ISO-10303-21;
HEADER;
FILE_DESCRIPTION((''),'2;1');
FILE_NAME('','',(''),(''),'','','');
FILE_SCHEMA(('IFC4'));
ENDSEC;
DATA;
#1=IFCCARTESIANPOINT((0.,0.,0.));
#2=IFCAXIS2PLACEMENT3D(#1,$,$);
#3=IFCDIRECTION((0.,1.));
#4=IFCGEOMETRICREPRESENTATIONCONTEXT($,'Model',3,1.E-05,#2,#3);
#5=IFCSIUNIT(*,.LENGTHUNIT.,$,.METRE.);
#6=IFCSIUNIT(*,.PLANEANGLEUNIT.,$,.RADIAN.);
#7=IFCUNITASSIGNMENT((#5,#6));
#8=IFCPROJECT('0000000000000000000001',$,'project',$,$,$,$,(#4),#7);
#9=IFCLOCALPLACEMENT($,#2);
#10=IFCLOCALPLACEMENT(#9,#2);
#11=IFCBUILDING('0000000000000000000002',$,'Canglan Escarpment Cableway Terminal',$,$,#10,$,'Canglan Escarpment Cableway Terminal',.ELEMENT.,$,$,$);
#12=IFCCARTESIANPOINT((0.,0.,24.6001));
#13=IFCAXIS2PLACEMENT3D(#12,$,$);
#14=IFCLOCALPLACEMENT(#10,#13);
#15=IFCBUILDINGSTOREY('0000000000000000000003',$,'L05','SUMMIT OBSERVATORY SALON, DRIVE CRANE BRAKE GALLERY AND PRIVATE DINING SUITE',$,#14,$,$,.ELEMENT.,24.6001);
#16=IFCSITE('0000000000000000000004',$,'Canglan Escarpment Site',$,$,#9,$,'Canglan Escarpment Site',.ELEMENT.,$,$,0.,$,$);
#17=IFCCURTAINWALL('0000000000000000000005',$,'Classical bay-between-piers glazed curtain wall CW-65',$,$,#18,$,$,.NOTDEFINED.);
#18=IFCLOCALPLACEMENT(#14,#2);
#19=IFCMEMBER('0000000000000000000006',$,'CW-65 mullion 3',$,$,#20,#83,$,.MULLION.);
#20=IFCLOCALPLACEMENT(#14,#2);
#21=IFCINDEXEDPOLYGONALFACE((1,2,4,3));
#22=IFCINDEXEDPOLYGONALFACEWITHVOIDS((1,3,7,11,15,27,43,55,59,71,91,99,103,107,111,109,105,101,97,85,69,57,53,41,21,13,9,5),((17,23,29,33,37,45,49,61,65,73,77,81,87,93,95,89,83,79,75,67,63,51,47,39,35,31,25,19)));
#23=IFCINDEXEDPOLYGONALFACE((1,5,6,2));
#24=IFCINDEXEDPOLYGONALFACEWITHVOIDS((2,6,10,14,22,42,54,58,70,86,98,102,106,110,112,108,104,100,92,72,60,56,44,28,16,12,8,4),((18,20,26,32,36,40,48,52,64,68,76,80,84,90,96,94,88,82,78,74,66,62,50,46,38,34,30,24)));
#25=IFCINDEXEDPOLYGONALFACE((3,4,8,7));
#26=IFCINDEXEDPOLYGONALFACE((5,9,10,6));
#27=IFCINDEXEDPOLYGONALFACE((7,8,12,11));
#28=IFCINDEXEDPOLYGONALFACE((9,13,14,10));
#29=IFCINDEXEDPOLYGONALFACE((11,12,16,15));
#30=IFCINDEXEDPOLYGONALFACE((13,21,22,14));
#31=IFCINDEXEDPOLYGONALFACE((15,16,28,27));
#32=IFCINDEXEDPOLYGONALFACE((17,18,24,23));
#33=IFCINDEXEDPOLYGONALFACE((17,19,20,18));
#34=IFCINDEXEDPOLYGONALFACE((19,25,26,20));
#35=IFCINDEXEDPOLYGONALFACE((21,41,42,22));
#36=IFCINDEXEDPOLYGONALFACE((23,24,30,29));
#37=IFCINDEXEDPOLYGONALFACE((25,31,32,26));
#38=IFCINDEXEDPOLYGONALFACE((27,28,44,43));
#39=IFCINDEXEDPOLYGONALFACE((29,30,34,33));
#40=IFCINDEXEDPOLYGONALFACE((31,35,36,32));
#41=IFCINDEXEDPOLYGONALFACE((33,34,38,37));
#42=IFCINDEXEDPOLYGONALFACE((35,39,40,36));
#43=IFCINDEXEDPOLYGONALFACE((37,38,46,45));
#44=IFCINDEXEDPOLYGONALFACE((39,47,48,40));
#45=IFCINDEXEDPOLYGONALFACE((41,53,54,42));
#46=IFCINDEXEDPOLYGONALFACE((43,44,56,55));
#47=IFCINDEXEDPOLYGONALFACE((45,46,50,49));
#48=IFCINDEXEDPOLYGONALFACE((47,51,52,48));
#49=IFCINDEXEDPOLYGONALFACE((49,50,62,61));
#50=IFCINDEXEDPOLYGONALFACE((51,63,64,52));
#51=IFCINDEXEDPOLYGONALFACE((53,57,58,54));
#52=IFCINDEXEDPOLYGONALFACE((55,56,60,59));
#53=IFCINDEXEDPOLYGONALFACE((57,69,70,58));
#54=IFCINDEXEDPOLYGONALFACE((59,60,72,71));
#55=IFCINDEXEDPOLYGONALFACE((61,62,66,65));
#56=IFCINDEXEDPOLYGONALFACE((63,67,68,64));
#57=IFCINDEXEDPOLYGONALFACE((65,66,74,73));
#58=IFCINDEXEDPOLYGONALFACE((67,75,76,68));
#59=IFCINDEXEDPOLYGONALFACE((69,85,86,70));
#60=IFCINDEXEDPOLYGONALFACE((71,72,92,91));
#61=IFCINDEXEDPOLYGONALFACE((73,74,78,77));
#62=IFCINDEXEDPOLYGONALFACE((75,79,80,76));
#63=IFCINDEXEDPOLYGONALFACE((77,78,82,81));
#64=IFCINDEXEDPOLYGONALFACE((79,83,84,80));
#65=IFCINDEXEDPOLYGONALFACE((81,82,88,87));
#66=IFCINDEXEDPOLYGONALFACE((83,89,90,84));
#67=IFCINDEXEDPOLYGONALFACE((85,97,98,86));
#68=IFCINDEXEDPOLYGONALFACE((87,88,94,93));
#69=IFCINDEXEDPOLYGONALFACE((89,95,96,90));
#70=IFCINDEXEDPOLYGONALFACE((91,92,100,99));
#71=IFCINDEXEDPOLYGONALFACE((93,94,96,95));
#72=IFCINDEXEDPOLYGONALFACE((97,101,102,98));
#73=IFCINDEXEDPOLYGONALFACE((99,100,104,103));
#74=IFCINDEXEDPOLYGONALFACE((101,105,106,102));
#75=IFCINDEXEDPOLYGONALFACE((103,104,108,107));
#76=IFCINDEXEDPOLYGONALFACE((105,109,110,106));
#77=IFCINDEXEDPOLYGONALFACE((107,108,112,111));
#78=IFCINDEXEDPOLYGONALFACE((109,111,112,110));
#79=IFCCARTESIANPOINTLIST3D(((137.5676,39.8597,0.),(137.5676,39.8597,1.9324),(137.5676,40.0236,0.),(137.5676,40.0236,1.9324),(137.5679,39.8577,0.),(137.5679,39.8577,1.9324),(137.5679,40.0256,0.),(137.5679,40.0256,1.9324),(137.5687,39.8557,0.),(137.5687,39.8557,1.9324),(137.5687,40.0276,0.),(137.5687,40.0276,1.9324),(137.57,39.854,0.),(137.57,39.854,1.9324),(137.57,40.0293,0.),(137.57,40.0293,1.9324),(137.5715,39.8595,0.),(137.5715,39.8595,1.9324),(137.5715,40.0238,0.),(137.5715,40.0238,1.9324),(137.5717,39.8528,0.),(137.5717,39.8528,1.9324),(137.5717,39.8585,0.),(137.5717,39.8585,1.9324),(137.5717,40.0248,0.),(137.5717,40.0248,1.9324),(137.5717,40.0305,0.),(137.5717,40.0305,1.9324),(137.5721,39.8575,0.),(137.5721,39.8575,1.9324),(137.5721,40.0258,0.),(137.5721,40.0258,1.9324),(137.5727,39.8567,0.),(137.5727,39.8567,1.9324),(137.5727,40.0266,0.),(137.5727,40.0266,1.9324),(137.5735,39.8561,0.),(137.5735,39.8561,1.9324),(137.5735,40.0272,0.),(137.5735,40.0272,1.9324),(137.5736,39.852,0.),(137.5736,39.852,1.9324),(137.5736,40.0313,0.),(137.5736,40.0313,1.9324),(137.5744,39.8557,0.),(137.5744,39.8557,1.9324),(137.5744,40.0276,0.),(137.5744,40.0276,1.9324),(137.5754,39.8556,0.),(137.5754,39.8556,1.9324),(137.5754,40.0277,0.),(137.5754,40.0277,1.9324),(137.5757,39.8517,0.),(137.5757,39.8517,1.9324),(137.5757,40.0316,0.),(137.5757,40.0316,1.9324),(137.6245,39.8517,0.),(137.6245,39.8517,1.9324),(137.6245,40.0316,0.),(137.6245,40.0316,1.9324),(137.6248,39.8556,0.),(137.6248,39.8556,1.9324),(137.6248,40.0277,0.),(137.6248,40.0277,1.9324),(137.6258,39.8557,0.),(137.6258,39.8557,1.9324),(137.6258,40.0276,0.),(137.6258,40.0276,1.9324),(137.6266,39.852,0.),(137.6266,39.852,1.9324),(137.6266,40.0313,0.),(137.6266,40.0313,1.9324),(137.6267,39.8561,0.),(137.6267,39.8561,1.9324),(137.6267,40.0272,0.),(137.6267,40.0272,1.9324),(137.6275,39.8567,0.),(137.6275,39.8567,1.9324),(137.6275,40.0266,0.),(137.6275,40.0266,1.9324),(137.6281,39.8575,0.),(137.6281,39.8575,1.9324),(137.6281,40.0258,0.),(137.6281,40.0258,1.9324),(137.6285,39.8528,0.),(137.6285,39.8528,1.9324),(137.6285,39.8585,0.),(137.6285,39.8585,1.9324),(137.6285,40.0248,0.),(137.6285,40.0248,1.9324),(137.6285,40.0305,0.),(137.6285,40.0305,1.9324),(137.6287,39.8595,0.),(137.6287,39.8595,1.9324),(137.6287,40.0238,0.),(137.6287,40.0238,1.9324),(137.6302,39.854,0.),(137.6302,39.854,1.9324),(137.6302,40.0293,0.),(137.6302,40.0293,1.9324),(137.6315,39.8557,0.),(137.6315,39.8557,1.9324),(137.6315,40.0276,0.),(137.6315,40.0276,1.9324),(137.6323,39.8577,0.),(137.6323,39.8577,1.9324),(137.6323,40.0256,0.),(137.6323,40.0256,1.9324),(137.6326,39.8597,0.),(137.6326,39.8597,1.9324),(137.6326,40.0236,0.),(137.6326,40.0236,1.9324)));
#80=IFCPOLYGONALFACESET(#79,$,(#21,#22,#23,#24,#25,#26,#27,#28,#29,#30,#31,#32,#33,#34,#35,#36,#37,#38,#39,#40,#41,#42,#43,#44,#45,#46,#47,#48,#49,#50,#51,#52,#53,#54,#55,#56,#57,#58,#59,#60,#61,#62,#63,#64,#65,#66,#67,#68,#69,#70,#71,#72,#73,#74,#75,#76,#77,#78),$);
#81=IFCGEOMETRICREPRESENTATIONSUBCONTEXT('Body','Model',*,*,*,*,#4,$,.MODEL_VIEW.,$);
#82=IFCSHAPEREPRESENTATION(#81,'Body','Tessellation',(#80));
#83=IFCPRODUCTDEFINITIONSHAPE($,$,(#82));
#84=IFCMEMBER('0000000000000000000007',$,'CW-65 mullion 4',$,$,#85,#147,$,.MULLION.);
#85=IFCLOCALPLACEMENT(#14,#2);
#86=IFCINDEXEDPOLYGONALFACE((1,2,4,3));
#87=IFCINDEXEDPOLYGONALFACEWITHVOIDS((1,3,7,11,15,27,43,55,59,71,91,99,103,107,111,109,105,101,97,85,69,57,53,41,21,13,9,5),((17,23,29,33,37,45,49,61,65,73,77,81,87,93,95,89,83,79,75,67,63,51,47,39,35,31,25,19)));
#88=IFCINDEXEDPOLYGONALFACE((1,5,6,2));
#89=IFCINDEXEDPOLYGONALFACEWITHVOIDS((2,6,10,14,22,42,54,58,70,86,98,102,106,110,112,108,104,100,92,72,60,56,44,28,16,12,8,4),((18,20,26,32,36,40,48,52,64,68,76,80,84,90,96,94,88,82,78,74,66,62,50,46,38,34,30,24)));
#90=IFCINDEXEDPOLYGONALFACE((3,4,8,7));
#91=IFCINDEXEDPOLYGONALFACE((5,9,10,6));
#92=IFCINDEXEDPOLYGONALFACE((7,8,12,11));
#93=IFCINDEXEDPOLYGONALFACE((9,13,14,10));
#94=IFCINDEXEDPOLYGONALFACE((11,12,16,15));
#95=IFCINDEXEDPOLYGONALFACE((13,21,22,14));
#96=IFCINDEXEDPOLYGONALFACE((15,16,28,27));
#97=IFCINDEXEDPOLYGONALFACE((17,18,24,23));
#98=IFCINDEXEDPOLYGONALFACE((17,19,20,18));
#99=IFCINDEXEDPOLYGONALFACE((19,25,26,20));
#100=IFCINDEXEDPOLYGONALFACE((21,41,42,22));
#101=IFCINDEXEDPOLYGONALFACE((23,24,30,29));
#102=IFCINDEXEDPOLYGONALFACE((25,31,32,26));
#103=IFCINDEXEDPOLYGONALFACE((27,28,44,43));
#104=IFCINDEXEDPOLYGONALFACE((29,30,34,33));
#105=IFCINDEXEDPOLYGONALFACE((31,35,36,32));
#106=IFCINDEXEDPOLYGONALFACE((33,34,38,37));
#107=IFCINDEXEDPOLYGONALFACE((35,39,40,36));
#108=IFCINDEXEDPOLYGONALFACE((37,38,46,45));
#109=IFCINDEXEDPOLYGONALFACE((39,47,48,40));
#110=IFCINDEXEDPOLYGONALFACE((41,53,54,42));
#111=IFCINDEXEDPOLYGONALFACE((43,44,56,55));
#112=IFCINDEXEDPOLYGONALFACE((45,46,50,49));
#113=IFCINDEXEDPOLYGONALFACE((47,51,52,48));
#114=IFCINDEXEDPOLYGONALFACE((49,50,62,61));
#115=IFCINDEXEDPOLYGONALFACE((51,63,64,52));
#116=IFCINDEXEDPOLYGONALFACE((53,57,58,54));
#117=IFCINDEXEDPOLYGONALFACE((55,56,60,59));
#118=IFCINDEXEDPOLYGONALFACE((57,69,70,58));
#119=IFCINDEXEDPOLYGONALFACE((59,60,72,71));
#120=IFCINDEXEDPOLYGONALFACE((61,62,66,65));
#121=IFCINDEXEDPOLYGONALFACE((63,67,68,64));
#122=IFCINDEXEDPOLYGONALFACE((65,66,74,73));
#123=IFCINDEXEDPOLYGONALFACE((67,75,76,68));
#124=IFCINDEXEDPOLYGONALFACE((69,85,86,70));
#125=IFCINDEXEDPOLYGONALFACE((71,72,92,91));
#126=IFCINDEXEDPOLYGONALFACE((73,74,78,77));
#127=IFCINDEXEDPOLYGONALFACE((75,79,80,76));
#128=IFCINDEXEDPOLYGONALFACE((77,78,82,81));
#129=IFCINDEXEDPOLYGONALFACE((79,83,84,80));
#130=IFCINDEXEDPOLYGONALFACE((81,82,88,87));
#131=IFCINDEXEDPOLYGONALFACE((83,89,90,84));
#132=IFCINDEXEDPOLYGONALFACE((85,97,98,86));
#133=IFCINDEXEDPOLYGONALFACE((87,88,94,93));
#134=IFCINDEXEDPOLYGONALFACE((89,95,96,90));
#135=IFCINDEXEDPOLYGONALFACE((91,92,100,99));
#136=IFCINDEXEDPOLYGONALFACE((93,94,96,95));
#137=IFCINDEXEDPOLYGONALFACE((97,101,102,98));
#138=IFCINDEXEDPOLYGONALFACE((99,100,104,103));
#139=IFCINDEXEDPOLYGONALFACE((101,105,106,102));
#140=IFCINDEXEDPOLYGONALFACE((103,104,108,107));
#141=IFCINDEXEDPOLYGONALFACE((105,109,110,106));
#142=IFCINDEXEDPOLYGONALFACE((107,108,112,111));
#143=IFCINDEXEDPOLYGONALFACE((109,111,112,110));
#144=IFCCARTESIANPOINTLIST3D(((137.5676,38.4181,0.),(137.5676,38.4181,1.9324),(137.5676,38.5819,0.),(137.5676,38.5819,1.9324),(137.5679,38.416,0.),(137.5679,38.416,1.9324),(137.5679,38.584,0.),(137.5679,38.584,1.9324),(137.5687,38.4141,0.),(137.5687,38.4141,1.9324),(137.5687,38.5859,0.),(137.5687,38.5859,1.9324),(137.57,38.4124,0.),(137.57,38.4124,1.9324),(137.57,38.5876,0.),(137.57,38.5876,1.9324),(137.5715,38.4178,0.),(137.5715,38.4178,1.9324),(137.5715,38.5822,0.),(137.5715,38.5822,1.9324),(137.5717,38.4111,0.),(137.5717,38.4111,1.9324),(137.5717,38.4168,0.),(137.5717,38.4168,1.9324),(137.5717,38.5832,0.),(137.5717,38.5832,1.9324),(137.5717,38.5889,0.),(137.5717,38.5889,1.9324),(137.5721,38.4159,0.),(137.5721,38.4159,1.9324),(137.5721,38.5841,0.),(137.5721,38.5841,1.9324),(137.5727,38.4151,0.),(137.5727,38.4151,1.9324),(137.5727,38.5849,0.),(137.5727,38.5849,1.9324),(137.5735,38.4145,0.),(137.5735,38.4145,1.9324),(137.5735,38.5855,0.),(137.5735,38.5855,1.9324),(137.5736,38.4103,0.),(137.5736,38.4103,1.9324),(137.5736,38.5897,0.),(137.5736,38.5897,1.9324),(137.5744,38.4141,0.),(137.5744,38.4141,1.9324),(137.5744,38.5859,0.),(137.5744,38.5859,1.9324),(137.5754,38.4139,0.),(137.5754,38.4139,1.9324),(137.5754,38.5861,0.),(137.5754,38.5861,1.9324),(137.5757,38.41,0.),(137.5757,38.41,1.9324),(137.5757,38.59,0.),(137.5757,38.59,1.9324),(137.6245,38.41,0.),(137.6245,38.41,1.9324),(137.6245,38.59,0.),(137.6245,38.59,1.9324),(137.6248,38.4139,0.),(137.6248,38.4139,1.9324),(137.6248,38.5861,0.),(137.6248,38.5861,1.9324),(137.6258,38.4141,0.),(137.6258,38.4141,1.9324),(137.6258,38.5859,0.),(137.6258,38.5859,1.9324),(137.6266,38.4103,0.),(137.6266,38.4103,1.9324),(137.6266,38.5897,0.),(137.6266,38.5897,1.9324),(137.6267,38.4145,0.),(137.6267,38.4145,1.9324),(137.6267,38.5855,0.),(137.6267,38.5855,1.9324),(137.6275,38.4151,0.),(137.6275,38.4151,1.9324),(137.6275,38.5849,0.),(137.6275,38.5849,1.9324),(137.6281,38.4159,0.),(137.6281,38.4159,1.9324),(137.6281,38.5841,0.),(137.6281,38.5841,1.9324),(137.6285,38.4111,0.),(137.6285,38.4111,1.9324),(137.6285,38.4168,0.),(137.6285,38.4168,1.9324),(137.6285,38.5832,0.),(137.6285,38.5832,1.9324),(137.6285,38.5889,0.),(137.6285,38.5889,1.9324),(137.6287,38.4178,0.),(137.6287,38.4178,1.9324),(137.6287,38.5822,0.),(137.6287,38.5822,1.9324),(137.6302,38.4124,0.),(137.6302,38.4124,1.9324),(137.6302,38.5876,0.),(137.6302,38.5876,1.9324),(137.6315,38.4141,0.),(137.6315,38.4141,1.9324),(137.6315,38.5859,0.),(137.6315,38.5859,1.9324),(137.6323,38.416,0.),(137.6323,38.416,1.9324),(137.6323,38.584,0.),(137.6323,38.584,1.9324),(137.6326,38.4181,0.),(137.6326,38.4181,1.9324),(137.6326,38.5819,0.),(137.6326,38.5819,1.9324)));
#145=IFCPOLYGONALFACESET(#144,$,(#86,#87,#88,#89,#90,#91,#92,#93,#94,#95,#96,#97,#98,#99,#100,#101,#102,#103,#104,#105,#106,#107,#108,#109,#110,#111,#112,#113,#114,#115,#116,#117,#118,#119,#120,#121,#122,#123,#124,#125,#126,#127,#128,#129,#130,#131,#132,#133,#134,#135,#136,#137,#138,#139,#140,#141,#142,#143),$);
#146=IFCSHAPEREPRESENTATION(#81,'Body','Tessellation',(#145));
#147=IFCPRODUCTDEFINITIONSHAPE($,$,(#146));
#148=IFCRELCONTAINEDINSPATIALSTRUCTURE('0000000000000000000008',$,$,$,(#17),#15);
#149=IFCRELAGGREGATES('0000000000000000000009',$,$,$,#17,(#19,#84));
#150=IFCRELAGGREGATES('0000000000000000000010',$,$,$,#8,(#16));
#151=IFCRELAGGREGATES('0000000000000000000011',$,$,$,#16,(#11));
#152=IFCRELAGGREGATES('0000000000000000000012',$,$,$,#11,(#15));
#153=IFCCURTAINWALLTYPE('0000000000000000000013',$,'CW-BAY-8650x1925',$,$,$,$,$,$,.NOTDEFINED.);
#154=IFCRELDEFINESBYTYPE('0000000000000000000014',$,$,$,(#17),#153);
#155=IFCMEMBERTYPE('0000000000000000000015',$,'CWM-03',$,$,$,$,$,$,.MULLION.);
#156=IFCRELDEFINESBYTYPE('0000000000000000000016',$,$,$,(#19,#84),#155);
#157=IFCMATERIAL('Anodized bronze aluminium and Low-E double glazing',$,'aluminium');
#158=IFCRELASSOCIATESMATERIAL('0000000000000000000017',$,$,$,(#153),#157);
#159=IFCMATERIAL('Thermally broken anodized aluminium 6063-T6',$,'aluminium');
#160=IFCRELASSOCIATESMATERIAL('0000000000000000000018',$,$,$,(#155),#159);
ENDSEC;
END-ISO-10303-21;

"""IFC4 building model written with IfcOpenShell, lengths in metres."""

from ifc_helpers import new_model, si_unit, direction, frame, origin, origin_2d, place, context, subcontext, project, spatial, hollow_rectangle, extrude, material, material_profile, profile_set, type_object, element, aggregate, save


model = new_model("IFC4")

# Units and contexts
model_context = context("Model", 3, precision=1e-05, world=origin(), true_north=direction((0.0, 1.0)))
body_context = subcontext(model_context, "Body", "Model", "MODEL_VIEW")
ifc_project = project(units=[si_unit("LENGTHUNIT", "METRE"), si_unit("PLANEANGLEUNIT", "RADIAN")], contexts=[model_context])

# Site, building, storey
site_placement = place(None, origin())
site = spatial("IfcSite", under=ifc_project, at=site_placement, Name="Canglan Escarpment Site", LongName="Canglan Escarpment Site", CompositionType="ELEMENT", RefElevation=0.0)
building_placement = place(site_placement, origin())
building = spatial("IfcBuilding", under=site, at=building_placement, Name="Canglan Escarpment Cableway Terminal", LongName="Canglan Escarpment Cableway Terminal", CompositionType="ELEMENT")
storey_placement = place(building_placement, frame((0.0, 0.0, 24.6001)))
storey = spatial("IfcBuildingStorey", under=building, at=storey_placement, Name="L05", Description="SUMMIT OBSERVATORY SALON, DRIVE CRANE BRAKE GALLERY AND PRIVATE DINING SUITE", CompositionType="ELEMENT", Elevation=24.6001)

# Curtain wall, members
ifc_material_1 = material(Name="Anodized bronze aluminium and Low-E double glazing", Category="aluminium")
curtain_wall_type = type_object("IfcCurtainWallType", Name="CW-BAY-8650x1925", PredefinedType="NOTDEFINED", material=ifc_material_1)
ifc_material_2 = material(Name="Thermally broken anodized aluminium 6063-T6", Category="aluminium")
curtain_wall_1_placement = place(storey_placement, origin())
curtain_wall_1 = element("IfcCurtainWall", 1, at=curtain_wall_1_placement, inside=storey, type_object=curtain_wall_type, Name="Classical bay-between-piers glazed curtain wall CW-65", PredefinedType="NOTDEFINED")
ifc_material_profile_1 = material_profile(ifc_material_2, hollow_rectangle(XDim=0.0649, YDim=0.1799, WallThickness=0.0039, InnerFilletRadius=0.0039, OuterFilletRadius=0.0081, at=origin_2d()), Name="ALU-MULL 65x180x4")
ifc_profile_set_1 = profile_set([ifc_material_profile_1], Name="Thermally broken anodized aluminium 6063-T6")
member_type_1 = type_object("IfcMemberType", Name="CWM-03", PredefinedType="MULLION", material=ifc_profile_set_1)
member_1_placement = place(storey_placement, frame((137.6001, 39.9417, 0.0), z_axis=(0.0, 0.0, 1.0), x_axis=(1.0, 0.0, 0.0)))
member_1 = element("IfcMember", 2, at=member_1_placement, type_object=member_type_1, Name="CW-65 mullion 3", PredefinedType="MULLION", context=body_context, shape_type="SweptSolid", body=[
    extrude(hollow_rectangle(XDim=0.0649, YDim=0.1799, WallThickness=0.0039, InnerFilletRadius=0.0039, OuterFilletRadius=0.0081, at=origin_2d()), origin(), (0.0, 0.0, 1.0), 1.9324),
])
member_2_placement = place(storey_placement, frame((137.6001, 38.5, 0.0), z_axis=(0.0, 0.0, 1.0), x_axis=(1.0, 0.0, 0.0)))
member_2 = element("IfcMember", 3, at=member_2_placement, type_object=member_type_1, Name="CW-65 mullion 4", PredefinedType="MULLION", context=body_context, shape_type="SweptSolid", body=[
    extrude(hollow_rectangle(XDim=0.0649, YDim=0.1799, WallThickness=0.0039, InnerFilletRadius=0.0039, OuterFilletRadius=0.0081, at=origin_2d()), origin(), (0.0, 0.0, 1.0), 1.9324),
])

aggregate(curtain_wall_1, [member_1, member_2])

save(model, "model.ifc")
